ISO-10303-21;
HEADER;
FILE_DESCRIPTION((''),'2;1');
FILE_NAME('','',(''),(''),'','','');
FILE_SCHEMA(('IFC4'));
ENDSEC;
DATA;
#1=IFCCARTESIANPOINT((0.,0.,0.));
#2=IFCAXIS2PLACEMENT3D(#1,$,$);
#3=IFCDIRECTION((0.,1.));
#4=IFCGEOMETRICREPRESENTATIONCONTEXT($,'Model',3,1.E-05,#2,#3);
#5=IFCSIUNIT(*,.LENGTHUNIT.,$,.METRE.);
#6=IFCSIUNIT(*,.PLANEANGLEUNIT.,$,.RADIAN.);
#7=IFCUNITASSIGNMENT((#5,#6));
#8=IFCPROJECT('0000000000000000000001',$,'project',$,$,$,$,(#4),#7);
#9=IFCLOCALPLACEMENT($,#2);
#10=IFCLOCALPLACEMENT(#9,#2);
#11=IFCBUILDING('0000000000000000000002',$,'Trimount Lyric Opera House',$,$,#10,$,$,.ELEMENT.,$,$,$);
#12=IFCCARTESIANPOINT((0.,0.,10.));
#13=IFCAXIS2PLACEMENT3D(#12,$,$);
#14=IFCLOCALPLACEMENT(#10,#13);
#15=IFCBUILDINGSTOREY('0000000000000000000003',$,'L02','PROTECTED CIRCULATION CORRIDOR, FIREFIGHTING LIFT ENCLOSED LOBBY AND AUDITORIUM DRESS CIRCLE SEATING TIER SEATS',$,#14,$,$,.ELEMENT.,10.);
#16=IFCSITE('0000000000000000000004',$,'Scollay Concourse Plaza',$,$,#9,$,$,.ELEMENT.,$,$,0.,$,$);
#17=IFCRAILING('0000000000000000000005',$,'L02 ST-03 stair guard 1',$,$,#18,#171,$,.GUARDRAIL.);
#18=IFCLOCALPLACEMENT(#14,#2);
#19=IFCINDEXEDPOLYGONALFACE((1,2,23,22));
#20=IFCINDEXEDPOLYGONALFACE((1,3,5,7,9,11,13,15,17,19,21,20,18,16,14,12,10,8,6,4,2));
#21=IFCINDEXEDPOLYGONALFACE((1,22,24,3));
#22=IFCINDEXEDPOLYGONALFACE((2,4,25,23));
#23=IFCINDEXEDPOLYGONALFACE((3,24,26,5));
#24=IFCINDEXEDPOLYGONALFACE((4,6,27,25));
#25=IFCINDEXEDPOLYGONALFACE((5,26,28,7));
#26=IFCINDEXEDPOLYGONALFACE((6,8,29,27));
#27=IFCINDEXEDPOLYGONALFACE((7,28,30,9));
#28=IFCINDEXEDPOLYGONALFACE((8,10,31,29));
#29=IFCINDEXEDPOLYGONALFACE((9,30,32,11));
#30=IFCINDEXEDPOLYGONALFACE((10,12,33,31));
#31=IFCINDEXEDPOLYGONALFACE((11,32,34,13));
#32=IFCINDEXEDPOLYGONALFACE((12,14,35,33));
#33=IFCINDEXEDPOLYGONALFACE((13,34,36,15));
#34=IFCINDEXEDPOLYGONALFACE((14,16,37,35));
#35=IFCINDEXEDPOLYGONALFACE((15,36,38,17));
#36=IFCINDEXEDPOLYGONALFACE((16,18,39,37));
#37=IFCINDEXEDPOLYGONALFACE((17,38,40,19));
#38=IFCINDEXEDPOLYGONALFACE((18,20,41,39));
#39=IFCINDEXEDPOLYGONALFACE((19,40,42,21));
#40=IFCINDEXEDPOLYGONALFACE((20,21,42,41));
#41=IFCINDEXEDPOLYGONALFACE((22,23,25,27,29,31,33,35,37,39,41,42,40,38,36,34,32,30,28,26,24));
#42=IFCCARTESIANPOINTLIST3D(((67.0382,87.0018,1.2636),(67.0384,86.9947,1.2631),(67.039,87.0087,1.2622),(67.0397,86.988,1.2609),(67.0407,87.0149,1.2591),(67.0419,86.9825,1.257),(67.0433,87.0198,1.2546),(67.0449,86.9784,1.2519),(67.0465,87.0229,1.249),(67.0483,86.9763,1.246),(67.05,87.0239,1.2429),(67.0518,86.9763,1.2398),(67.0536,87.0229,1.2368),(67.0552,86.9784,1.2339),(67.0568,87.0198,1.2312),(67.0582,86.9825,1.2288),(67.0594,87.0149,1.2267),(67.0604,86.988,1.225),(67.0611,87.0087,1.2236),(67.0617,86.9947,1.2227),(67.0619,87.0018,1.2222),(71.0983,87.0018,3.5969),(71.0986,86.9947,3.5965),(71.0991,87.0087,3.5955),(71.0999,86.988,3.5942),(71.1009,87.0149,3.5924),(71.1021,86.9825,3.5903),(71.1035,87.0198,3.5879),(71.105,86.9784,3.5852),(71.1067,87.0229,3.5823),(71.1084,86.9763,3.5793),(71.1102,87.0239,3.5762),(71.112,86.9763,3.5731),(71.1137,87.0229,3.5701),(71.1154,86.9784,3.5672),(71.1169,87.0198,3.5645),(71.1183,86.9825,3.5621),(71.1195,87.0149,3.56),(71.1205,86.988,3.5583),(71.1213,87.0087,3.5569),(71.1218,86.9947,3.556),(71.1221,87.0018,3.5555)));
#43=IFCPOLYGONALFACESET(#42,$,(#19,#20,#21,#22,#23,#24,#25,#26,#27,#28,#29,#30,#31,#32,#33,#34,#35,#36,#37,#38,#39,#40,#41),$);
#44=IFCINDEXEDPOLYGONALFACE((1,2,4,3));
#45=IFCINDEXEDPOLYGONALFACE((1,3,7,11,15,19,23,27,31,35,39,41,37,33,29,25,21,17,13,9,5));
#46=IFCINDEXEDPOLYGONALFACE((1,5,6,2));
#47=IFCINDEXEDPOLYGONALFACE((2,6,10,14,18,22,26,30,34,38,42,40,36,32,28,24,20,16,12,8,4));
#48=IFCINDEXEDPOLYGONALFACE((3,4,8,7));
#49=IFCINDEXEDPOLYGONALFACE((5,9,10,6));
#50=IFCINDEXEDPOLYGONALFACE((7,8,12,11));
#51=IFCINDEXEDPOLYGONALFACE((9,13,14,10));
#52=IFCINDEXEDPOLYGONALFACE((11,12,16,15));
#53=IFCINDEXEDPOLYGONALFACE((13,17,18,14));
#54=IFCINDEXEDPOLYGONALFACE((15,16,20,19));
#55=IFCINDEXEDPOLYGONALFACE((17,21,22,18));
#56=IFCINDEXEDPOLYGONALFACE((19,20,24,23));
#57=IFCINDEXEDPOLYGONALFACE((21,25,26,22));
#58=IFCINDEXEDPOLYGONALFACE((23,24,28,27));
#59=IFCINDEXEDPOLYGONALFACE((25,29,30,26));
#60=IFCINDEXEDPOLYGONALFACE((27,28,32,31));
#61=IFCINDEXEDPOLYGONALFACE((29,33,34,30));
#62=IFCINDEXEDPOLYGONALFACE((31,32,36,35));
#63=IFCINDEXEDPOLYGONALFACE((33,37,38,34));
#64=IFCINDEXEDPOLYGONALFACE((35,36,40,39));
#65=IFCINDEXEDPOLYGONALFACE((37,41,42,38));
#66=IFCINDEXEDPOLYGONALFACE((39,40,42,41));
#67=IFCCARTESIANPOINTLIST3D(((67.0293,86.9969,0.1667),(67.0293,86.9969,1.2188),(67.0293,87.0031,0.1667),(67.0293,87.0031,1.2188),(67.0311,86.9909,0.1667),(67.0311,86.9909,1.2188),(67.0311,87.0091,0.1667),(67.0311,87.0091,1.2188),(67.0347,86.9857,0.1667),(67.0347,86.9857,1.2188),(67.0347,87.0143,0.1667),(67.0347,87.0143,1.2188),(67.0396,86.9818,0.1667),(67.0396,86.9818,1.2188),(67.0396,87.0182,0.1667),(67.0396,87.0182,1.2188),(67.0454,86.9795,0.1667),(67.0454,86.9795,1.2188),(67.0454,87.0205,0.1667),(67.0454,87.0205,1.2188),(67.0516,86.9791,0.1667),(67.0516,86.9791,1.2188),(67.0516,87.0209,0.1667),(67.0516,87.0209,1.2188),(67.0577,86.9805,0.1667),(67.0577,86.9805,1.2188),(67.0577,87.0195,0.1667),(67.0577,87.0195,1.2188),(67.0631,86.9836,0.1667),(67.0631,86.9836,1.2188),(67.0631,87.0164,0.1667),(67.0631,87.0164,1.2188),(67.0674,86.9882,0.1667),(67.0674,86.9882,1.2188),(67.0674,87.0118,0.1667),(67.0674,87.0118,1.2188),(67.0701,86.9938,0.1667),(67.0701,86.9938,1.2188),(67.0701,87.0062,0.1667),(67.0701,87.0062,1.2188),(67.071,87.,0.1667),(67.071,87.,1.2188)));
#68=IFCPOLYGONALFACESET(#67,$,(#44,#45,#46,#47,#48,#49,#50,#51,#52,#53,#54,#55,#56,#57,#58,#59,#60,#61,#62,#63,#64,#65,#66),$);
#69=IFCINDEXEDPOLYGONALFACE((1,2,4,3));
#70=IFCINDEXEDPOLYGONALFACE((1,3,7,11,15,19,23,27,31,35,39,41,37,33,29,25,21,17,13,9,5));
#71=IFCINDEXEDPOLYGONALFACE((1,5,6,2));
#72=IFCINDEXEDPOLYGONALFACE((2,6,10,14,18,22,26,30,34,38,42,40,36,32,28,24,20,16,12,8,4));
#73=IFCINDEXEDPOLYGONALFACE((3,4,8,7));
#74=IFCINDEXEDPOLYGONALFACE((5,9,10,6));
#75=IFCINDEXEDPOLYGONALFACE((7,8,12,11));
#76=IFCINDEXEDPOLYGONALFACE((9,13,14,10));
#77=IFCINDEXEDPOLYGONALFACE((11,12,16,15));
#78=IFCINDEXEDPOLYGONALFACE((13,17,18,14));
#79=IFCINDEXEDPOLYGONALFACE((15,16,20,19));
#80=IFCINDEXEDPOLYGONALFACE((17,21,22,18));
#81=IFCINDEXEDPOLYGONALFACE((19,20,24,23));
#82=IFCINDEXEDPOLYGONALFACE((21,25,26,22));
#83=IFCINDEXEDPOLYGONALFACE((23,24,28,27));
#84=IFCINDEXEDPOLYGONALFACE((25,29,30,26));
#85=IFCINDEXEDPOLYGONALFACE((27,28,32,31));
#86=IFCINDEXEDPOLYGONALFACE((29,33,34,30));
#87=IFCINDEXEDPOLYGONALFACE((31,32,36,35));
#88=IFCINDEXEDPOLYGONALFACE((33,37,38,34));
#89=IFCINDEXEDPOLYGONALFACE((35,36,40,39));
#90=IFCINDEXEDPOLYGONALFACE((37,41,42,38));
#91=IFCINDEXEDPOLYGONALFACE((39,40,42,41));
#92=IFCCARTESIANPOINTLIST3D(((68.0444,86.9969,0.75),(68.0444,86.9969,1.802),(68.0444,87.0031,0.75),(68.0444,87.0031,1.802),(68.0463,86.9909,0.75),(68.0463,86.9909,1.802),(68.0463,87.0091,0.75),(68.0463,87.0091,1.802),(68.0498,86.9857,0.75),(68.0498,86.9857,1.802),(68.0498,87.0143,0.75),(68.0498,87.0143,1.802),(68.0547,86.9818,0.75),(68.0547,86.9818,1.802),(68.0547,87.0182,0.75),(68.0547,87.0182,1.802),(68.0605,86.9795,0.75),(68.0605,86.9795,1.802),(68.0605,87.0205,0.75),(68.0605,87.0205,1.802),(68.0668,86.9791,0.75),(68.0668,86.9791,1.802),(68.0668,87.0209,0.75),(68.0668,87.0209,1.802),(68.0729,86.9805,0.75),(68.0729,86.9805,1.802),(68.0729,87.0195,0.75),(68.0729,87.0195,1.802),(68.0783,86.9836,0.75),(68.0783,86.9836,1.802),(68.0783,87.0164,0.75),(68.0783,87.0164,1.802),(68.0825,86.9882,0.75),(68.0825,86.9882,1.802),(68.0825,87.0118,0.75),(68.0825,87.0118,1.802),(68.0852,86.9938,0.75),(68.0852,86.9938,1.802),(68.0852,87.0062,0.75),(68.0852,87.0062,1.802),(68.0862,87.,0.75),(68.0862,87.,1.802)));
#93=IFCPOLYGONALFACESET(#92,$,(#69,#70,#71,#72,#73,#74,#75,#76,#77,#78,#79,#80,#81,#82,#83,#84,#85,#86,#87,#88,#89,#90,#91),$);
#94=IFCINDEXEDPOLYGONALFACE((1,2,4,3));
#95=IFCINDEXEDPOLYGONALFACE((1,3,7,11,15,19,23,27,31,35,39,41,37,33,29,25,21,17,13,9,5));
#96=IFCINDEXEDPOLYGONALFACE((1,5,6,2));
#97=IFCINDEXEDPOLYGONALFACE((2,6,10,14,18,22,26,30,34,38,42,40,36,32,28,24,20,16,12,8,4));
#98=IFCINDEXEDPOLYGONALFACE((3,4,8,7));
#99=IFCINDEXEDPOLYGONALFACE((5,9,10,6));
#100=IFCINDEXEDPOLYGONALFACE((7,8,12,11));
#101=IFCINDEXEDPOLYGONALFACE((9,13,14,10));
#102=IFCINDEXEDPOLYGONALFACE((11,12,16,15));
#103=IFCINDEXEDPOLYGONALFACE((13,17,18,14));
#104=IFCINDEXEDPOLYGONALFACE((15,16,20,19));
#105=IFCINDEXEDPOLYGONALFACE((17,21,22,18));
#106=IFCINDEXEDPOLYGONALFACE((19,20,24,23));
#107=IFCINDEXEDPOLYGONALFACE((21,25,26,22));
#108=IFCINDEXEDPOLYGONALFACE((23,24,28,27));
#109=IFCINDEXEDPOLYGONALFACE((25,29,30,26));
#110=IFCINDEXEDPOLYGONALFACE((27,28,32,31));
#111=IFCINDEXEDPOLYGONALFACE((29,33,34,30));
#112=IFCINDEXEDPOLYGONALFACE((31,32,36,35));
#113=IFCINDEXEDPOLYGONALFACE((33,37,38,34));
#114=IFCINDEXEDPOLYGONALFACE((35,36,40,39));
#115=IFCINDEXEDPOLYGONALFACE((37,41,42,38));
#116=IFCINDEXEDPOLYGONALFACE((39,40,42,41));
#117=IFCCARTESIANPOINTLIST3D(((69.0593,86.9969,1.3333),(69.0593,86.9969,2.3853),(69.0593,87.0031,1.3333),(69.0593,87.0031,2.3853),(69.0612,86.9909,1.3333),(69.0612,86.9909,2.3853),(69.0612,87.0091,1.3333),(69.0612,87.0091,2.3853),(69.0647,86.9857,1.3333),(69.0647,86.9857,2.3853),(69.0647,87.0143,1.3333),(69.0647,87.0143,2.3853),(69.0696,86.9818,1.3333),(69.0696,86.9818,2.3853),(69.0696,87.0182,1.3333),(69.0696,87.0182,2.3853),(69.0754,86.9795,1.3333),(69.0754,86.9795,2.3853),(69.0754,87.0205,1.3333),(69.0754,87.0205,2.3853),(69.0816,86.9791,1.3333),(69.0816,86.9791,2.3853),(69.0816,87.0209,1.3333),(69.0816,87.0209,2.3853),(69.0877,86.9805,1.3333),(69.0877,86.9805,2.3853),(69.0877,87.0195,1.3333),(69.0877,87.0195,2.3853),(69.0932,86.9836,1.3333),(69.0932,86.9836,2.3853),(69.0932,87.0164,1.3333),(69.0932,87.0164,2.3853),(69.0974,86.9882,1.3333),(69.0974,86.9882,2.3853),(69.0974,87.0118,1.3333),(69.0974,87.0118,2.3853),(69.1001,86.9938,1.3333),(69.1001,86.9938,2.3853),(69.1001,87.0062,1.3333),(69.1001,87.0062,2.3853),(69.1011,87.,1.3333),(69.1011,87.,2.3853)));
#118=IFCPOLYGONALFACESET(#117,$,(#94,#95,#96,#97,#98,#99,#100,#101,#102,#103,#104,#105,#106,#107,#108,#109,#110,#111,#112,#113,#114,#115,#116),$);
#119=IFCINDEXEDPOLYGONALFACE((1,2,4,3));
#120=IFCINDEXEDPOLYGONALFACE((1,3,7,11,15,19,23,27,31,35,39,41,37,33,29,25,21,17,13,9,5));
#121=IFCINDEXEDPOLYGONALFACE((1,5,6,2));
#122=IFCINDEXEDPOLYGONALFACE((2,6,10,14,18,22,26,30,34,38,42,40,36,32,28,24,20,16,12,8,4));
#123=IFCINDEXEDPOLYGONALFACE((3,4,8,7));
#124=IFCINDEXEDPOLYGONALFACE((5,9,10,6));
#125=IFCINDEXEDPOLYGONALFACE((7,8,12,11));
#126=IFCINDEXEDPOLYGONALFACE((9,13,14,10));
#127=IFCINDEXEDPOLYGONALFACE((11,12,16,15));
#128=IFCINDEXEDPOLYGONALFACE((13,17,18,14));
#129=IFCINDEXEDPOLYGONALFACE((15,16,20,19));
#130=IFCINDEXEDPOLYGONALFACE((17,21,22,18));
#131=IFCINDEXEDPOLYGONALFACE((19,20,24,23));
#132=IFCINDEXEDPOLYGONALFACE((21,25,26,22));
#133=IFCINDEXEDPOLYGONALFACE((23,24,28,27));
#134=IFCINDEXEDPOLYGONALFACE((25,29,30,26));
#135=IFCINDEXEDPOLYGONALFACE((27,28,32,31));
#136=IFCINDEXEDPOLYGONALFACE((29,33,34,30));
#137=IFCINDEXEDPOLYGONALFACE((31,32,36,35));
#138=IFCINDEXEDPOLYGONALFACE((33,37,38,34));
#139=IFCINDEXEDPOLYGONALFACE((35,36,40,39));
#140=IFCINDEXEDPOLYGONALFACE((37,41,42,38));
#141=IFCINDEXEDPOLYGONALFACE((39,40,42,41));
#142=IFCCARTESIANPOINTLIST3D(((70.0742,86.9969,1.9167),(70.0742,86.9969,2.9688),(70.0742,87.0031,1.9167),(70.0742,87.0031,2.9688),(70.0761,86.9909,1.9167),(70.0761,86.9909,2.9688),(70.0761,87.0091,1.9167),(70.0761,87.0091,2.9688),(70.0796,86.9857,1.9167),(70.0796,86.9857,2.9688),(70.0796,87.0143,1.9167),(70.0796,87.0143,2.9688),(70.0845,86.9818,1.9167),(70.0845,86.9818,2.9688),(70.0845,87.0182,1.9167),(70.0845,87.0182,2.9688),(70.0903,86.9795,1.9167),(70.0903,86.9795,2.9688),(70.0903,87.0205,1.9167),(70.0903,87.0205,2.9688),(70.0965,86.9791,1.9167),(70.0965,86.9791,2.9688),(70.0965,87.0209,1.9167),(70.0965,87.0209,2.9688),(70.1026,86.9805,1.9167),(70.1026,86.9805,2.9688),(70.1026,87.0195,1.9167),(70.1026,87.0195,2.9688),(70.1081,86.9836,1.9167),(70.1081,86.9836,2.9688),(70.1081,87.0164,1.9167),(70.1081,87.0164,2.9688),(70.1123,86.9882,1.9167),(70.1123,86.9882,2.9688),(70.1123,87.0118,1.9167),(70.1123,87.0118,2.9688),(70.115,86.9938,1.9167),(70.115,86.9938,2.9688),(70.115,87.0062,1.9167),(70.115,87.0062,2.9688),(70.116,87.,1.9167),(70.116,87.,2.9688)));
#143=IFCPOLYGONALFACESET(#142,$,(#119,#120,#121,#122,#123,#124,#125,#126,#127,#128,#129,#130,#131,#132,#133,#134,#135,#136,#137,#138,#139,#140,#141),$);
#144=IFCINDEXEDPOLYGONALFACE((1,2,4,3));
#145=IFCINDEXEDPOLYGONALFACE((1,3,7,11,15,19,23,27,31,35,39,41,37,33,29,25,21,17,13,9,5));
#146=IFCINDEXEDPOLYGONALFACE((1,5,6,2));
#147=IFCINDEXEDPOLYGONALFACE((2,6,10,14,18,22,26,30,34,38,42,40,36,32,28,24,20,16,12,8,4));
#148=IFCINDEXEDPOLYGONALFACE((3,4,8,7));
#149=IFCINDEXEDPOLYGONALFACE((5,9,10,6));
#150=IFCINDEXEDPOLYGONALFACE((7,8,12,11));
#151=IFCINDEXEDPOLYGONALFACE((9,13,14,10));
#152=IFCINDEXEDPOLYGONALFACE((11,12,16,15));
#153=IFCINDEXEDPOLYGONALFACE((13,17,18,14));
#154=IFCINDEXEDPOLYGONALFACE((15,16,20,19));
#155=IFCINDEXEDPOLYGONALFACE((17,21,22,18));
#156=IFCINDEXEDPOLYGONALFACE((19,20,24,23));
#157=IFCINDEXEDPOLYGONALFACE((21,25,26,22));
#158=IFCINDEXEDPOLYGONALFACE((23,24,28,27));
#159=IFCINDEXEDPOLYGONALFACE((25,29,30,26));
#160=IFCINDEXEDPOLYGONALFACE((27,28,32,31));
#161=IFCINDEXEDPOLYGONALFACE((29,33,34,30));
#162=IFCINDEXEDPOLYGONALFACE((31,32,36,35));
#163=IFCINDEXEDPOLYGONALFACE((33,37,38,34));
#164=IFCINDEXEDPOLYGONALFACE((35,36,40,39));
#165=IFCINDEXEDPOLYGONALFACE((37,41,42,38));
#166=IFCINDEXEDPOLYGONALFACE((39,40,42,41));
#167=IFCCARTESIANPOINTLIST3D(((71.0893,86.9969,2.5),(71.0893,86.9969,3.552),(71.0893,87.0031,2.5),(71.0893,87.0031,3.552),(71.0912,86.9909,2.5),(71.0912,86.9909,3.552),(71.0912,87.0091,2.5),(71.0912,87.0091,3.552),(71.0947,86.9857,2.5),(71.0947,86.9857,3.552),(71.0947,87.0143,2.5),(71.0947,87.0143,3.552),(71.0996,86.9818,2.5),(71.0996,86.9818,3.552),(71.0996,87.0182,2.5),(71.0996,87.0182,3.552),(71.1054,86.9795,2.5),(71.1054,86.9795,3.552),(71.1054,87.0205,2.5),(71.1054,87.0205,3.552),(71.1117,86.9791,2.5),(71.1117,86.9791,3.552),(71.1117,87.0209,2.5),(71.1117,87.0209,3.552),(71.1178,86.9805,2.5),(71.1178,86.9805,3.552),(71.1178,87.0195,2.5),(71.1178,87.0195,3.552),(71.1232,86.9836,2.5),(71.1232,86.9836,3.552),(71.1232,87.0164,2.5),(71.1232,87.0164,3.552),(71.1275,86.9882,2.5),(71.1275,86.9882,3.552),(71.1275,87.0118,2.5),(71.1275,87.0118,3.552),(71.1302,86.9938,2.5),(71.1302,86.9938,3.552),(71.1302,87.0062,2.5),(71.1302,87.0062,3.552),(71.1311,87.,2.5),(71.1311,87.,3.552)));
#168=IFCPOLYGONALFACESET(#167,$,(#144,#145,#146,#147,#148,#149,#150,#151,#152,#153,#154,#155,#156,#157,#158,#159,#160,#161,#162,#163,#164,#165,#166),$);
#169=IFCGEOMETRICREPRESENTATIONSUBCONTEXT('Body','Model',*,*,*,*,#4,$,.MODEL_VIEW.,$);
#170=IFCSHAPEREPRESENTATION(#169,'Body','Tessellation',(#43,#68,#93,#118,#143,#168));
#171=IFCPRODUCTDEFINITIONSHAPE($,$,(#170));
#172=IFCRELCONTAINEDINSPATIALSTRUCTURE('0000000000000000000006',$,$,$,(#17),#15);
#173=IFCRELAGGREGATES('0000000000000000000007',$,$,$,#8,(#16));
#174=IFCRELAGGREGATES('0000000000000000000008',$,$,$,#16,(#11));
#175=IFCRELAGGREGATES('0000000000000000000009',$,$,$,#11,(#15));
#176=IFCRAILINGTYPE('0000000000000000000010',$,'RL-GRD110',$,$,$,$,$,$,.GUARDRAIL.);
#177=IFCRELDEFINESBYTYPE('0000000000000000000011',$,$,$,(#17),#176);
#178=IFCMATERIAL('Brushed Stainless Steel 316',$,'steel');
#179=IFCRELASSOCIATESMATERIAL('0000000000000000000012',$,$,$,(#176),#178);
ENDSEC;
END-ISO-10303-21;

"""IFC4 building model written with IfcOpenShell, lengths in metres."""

from ifc_helpers import new_model, si_unit, direction, frame, origin, origin_2d, place, context, subcontext, project, spatial, circle, extrude, material, type_object, element, save


model = new_model("IFC4")

# Units and contexts
model_context = context("Model", 3, precision=1e-05, world=origin(), true_north=direction((0.0, 1.0)))
body_context = subcontext(model_context, "Body", "Model", "MODEL_VIEW")
ifc_project = project(units=[si_unit("LENGTHUNIT", "METRE"), si_unit("PLANEANGLEUNIT", "RADIAN")], contexts=[model_context])

# Site, building, storey
site_placement = place(None, origin())
site = spatial("IfcSite", under=ifc_project, at=site_placement, Name="Scollay Concourse Plaza", CompositionType="ELEMENT", RefElevation=0.0)
building_placement = place(site_placement, origin())
building = spatial("IfcBuilding", under=site, at=building_placement, Name="Trimount Lyric Opera House", CompositionType="ELEMENT")
storey_placement = place(building_placement, frame((0.0, 0.0, 10.0)))
storey = spatial("IfcBuildingStorey", under=building, at=storey_placement, Name="L02", Description="PROTECTED CIRCULATION CORRIDOR, FIREFIGHTING LIFT ENCLOSED LOBBY AND AUDITORIUM DRESS CIRCLE SEATING TIER SEATS", CompositionType="ELEMENT", Elevation=10.0)

# Railing
ifc_material_1 = material(Name="Brushed Stainless Steel 316", Category="steel")
railing_type_1 = type_object("IfcRailingType", Name="RL-GRD110", PredefinedType="GUARDRAIL", material=ifc_material_1)
railing_1_placement = place(storey_placement, frame((67.05, 87.0, 0.1667)))
element("IfcRailing", 1, at=railing_1_placement, inside=storey, type_object=railing_type_1, Name="L02 ST-03 stair guard 1", PredefinedType="GUARDRAIL", context=body_context, shape_type="SweptSolid", body=[
    extrude(circle(Radius=0.0239, at=origin_2d()), frame((0.0, 0.0, 1.0762), z_axis=(0.867025, 0.0, 0.498265), x_axis=(0.0, 1.0, 0.0)), (0.0, 0.0, 1.0), 4.6829),
    extrude(circle(Radius=0.021, at=origin_2d()), origin(), (0.0, 0.0, 1.0), 1.052),
    extrude(circle(Radius=0.021, at=origin_2d()), frame((1.0151, 0.0, 0.5833)), (0.0, 0.0, 1.0), 1.052),
    extrude(circle(Radius=0.021, at=origin_2d()), frame((2.03, 0.0, 1.1665)), (0.0, 0.0, 1.0), 1.052),
    extrude(circle(Radius=0.021, at=origin_2d()), frame((3.0449, 0.0, 1.75)), (0.0, 0.0, 1.0), 1.052),
    extrude(circle(Radius=0.021, at=origin_2d()), frame((4.0601, 0.0, 2.3333)), (0.0, 0.0, 1.0), 1.052),
])

save(model, "model.ifc")
